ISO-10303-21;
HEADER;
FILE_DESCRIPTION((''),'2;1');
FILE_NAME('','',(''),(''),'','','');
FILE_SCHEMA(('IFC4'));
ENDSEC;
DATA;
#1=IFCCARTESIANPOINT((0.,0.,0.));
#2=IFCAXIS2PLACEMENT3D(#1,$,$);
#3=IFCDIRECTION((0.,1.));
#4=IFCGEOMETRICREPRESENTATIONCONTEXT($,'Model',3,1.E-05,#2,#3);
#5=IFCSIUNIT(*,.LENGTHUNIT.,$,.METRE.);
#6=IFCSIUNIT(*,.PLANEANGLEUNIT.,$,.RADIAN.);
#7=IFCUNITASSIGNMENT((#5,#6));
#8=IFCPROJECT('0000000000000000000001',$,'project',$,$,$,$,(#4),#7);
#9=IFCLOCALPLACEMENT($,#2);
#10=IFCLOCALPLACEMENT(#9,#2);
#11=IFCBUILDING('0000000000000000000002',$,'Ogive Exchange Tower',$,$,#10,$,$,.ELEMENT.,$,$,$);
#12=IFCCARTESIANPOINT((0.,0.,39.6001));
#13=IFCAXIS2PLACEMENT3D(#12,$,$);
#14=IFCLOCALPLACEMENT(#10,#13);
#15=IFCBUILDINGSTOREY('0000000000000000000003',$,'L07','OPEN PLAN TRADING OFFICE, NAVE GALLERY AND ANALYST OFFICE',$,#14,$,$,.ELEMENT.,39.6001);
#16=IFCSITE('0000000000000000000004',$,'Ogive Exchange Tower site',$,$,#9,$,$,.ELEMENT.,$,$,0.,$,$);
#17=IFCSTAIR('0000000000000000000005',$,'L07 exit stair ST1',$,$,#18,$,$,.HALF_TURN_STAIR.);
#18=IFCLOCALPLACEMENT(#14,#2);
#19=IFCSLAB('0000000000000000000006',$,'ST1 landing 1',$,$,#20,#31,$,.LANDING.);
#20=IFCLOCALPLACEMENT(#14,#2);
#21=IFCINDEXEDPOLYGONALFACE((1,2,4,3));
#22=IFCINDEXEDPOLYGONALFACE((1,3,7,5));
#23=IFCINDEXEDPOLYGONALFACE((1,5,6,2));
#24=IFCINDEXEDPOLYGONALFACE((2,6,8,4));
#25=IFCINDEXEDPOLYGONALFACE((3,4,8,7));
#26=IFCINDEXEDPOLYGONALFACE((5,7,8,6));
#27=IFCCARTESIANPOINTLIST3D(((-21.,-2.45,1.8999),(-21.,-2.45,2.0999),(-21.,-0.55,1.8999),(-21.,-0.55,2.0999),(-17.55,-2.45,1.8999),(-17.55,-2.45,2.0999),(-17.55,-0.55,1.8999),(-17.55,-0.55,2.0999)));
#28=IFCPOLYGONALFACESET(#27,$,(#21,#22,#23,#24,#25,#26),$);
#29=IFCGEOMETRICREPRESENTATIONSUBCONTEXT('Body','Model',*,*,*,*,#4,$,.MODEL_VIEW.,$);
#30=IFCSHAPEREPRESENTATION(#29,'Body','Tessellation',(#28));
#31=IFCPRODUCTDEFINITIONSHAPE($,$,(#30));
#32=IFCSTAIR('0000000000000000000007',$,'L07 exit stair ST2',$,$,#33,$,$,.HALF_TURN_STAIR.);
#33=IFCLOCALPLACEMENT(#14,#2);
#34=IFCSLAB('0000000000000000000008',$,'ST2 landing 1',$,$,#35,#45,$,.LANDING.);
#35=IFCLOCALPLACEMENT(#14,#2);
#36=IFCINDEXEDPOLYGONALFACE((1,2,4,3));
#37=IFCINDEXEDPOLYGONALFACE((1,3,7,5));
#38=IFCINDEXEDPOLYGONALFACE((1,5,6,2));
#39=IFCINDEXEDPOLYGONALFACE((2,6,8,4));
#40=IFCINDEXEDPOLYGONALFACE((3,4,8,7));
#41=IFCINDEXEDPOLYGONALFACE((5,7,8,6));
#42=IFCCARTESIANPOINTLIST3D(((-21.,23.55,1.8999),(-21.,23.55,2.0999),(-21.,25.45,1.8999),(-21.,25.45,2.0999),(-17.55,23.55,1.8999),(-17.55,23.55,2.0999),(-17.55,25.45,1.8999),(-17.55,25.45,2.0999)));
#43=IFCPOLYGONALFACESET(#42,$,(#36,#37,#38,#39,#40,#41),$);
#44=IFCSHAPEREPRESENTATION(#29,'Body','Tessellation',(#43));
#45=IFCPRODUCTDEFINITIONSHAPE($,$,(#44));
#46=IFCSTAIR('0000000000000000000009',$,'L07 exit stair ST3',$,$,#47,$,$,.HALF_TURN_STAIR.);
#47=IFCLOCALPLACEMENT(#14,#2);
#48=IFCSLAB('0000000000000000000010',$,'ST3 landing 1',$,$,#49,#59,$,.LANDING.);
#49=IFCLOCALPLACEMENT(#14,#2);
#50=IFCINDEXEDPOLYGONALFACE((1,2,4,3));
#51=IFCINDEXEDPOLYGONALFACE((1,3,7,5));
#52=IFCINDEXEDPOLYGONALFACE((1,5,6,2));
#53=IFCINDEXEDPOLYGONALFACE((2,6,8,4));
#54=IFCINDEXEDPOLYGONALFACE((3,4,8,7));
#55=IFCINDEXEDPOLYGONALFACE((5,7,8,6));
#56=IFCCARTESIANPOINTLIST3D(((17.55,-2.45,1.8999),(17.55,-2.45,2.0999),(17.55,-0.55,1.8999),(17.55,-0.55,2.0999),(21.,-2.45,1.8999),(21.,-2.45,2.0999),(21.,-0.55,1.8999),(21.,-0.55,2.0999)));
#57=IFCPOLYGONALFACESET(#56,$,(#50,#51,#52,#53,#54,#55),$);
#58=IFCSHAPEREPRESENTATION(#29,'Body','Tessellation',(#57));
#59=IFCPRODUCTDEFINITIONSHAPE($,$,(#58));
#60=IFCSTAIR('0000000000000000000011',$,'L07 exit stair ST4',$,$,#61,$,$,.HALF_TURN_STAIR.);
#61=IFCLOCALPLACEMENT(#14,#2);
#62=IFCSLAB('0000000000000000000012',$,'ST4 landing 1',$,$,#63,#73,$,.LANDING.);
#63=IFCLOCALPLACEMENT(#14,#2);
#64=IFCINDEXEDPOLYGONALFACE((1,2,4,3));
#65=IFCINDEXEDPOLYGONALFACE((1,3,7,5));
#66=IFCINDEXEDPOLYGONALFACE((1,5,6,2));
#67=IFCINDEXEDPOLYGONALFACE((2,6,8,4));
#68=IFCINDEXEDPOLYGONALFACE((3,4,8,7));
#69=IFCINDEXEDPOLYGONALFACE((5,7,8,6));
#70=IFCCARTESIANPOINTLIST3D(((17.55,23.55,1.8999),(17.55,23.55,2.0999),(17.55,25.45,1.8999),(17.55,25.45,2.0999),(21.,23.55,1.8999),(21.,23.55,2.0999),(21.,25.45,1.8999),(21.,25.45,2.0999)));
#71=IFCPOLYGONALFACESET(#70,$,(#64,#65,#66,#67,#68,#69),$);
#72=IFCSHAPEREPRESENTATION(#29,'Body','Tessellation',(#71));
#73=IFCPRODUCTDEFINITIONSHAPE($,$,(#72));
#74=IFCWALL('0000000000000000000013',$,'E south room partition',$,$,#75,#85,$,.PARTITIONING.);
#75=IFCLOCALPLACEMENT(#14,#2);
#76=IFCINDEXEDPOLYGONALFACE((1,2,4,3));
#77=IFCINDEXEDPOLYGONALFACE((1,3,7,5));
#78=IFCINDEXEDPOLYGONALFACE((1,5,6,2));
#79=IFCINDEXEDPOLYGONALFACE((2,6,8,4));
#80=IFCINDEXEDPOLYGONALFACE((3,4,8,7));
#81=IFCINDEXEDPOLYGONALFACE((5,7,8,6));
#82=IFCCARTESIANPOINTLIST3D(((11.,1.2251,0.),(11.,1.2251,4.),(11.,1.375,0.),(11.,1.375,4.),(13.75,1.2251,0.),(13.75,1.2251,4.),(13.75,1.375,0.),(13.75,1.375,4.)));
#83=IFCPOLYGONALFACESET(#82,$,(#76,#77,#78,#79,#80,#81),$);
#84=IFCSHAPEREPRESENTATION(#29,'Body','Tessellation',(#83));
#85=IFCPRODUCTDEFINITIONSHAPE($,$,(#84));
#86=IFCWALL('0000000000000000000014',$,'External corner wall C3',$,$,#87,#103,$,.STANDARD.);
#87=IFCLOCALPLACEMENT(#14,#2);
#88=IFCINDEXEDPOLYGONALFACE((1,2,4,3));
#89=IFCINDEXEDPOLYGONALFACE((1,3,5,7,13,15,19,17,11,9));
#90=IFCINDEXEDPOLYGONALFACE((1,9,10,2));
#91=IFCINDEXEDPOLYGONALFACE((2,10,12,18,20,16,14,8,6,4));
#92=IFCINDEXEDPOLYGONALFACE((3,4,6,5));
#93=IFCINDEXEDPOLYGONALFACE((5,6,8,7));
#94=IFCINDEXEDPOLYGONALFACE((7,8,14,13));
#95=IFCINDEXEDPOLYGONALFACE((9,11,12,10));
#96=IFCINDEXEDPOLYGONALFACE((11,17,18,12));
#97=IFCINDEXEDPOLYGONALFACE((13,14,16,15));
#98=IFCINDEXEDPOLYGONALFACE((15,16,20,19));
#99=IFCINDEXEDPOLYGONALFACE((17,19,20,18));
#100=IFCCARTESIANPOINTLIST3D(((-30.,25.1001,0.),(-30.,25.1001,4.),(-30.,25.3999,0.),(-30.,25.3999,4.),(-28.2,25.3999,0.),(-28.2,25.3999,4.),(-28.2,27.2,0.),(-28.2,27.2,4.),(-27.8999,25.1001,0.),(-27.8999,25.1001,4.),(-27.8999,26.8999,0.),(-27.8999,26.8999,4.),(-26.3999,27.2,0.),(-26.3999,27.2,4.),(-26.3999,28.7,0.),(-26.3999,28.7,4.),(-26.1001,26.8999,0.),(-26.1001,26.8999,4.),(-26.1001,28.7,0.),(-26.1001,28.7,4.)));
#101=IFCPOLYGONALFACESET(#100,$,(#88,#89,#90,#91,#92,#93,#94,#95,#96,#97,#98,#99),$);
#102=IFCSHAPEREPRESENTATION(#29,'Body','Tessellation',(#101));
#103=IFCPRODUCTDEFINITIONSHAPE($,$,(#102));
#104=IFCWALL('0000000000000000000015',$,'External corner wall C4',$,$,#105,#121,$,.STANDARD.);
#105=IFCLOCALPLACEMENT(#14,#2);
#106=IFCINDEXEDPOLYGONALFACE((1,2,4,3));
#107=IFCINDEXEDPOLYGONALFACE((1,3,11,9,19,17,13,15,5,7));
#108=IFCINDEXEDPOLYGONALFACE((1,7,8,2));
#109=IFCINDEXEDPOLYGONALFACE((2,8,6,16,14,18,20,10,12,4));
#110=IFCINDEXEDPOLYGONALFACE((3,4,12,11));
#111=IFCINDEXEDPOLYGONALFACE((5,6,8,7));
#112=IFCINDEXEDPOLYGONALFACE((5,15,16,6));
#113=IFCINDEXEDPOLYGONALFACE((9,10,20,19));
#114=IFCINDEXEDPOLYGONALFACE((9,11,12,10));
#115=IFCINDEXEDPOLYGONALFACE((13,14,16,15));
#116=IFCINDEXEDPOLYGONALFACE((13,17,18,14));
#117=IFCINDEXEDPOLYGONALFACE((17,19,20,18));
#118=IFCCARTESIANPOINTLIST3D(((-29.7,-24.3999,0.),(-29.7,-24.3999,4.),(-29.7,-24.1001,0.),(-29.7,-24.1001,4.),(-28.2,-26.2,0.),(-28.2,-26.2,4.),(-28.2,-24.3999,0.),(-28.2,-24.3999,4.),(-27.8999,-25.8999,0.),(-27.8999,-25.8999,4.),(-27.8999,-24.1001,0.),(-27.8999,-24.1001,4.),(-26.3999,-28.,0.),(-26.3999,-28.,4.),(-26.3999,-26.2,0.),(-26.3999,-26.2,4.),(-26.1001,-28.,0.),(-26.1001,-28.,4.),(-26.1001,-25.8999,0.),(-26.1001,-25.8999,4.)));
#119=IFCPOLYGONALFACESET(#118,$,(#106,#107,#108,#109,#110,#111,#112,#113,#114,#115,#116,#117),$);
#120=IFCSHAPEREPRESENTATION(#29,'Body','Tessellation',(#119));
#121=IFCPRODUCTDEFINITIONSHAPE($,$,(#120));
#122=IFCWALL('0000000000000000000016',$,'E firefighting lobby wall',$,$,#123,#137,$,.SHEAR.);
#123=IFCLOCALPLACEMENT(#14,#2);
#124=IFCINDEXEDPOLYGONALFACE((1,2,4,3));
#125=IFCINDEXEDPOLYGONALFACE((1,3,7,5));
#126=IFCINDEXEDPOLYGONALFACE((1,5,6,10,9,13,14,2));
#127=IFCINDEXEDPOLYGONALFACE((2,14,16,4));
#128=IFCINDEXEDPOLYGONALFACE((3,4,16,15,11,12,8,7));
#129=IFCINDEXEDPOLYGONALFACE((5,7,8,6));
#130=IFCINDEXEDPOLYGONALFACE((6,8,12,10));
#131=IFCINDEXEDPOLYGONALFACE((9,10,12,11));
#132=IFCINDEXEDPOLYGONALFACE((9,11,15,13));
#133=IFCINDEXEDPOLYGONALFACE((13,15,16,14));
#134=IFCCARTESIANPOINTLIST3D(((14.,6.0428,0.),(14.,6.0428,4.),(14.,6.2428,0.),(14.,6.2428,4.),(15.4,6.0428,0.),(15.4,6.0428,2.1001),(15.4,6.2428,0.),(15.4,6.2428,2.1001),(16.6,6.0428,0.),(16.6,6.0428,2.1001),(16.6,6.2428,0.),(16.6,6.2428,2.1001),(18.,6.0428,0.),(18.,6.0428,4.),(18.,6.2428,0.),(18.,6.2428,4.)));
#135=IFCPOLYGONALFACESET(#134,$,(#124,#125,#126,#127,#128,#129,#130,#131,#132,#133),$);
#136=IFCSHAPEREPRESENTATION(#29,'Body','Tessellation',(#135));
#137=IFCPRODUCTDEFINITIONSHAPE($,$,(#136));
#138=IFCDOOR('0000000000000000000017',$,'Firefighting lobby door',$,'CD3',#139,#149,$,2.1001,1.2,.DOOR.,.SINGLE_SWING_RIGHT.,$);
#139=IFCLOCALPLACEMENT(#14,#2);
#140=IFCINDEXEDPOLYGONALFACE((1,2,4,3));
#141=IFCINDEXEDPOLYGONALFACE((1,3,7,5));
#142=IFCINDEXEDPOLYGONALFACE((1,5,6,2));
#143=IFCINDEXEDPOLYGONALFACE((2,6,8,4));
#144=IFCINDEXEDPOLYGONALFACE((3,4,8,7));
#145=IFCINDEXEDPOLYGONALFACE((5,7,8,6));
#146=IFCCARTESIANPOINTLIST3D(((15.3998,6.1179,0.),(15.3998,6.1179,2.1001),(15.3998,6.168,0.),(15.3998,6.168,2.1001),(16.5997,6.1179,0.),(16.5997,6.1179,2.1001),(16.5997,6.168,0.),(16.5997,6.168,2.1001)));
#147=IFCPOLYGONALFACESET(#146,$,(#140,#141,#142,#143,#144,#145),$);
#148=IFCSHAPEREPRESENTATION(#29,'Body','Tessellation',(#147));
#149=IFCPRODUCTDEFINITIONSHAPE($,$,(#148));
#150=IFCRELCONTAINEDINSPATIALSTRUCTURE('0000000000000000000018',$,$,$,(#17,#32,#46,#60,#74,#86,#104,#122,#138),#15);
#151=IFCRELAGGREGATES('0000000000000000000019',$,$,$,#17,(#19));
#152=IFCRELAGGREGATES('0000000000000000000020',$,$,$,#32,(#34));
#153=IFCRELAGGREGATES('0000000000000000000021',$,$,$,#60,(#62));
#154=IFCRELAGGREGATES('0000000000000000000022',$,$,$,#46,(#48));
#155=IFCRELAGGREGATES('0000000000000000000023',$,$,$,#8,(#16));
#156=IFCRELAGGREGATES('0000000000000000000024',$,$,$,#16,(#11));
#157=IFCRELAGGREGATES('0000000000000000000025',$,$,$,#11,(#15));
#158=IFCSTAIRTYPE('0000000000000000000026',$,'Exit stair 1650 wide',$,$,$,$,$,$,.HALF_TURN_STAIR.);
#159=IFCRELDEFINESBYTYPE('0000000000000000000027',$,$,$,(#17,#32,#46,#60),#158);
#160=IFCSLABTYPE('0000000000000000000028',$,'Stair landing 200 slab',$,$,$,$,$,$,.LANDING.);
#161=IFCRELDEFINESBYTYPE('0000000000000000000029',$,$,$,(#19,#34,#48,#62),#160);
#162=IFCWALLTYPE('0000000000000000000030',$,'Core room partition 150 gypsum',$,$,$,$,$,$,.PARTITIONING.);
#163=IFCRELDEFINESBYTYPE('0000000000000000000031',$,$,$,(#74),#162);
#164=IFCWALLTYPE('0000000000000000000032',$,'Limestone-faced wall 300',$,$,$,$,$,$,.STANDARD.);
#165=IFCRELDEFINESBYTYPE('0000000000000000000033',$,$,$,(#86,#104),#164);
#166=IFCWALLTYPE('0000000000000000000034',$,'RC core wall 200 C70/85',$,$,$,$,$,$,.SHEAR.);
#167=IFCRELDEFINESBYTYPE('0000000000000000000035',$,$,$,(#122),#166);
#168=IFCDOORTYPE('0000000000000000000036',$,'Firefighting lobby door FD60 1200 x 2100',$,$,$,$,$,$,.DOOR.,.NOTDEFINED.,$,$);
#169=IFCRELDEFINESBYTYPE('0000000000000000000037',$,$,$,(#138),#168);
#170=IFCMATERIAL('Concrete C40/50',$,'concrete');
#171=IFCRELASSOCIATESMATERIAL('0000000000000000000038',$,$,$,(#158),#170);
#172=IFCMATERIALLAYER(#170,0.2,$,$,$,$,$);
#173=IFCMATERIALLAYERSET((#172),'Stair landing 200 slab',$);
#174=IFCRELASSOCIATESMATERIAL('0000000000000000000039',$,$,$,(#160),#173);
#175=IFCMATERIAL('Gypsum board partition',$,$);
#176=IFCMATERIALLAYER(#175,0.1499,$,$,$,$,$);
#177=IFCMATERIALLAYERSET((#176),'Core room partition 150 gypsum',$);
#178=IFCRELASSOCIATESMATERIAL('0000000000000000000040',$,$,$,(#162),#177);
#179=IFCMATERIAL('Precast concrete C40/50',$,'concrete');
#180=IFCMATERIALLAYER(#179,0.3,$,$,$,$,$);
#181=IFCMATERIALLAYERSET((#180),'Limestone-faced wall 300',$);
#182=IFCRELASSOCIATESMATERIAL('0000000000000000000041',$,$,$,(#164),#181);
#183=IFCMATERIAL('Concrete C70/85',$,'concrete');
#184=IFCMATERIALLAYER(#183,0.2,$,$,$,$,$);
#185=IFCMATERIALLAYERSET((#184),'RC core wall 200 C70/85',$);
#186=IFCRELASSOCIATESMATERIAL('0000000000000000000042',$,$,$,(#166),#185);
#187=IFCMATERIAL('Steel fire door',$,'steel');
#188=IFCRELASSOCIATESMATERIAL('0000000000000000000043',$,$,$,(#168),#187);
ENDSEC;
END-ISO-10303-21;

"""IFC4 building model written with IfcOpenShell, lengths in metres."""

from ifc_helpers import new_model, si_unit, direction, frame, frame_2d, origin, place, context, subcontext, project, spatial, polyline, rectangle, outline, extrude, material, layer, layer_set, type_object, element, fill, aggregate, save


model = new_model("IFC4")

# Units and contexts
model_context = context("Model", 3, precision=1e-05, world=origin(), true_north=direction((0.0, 1.0)))
body_context = subcontext(model_context, "Body", "Model", "MODEL_VIEW")
ifc_project = project(units=[si_unit("LENGTHUNIT", "METRE"), si_unit("PLANEANGLEUNIT", "RADIAN")], contexts=[model_context])

# Site, building, storey
site_placement = place(None, origin())
site = spatial("IfcSite", under=ifc_project, at=site_placement, Name="Ogive Exchange Tower site", CompositionType="ELEMENT", RefElevation=0.0)
building_placement = place(site_placement, origin())
building = spatial("IfcBuilding", under=site, at=building_placement, Name="Ogive Exchange Tower", CompositionType="ELEMENT")
storey_placement = place(building_placement, frame((0.0, 0.0, 39.6001)))
storey = spatial("IfcBuildingStorey", under=building, at=storey_placement, Name="L07", Description="OPEN PLAN TRADING OFFICE, NAVE GALLERY AND ANALYST OFFICE", CompositionType="ELEMENT", Elevation=39.6001)

# Shared definitions
ifc_material_1 = material(Name="Concrete C70/85", Category="concrete")

# Stairs, slabs
ifc_material_2 = material(Name="Concrete C40/50", Category="concrete")
stair_type = type_object("IfcStairType", Name="Exit stair 1650 wide", PredefinedType="HALF_TURN_STAIR", material=ifc_material_2)
stair_1_placement = place(storey_placement, origin())
stair_1 = element("IfcStair", 1, at=stair_1_placement, inside=storey, type_object=stair_type, Name="L07 exit stair ST1", PredefinedType="HALF_TURN_STAIR")
ifc_layer_1 = layer(ifc_material_2, 0.2)
ifc_layer_set_1 = layer_set([ifc_layer_1], Name="Stair landing 200 slab")
slab_type_1 = type_object("IfcSlabType", Name="Stair landing 200 slab", PredefinedType="LANDING", material=ifc_layer_set_1)
slab_1_placement = place(storey_placement, frame((0.0, 0.0, 1.8999)))
slab_1 = element("IfcSlab", 2, at=slab_1_placement, type_object=slab_type_1, Name="ST1 landing 1", PredefinedType="LANDING", context=body_context, shape_type="SweptSolid", body=[
    extrude(outline(polyline([(-21.0, -0.55), (-21.0, -2.45), (-17.55, -2.45), (-17.55, -0.55), (-21.0, -0.55)])), origin(), (0.0, 0.0, 1.0), 0.2),
])
aggregate(stair_1, [slab_1])
stair_2_placement = place(storey_placement, origin())
stair_2 = element("IfcStair", 3, at=stair_2_placement, inside=storey, type_object=stair_type, Name="L07 exit stair ST2", PredefinedType="HALF_TURN_STAIR")
slab_2_placement = place(storey_placement, frame((0.0, 0.0, 1.8999)))
slab_2 = element("IfcSlab", 4, at=slab_2_placement, type_object=slab_type_1, Name="ST2 landing 1", PredefinedType="LANDING", context=body_context, shape_type="SweptSolid", body=[
    extrude(outline(polyline([(-17.55, 23.55), (-17.55, 25.45), (-21.0, 25.45), (-21.0, 23.55), (-17.55, 23.55)])), origin(), (0.0, 0.0, 1.0), 0.2),
])
aggregate(stair_2, [slab_2])
stair_3_placement = place(storey_placement, origin())
stair_3 = element("IfcStair", 5, at=stair_3_placement, inside=storey, type_object=stair_type, Name="L07 exit stair ST3", PredefinedType="HALF_TURN_STAIR")
slab_3_placement = place(storey_placement, frame((0.0, 0.0, 1.8999)))
slab_3 = element("IfcSlab", 6, at=slab_3_placement, type_object=slab_type_1, Name="ST3 landing 1", PredefinedType="LANDING", context=body_context, shape_type="SweptSolid", body=[
    extrude(outline(polyline([(17.55, -0.55), (17.55, -2.45), (21.0, -2.45), (21.0, -0.55), (17.55, -0.55)])), origin(), (0.0, 0.0, 1.0), 0.2),
])
stair_4_placement = place(storey_placement, origin())
stair_4 = element("IfcStair", 7, at=stair_4_placement, inside=storey, type_object=stair_type, Name="L07 exit stair ST4", PredefinedType="HALF_TURN_STAIR")
slab_4_placement = place(storey_placement, frame((0.0, 0.0, 1.8999)))
slab_4 = element("IfcSlab", 8, at=slab_4_placement, type_object=slab_type_1, Name="ST4 landing 1", PredefinedType="LANDING", context=body_context, shape_type="SweptSolid", body=[
    extrude(outline(polyline([(21.0, 23.55), (21.0, 25.45), (17.55, 25.45), (17.55, 23.55), (21.0, 23.55)])), origin(), (0.0, 0.0, 1.0), 0.2),
])
aggregate(stair_4, [slab_4])

# Walls
ifc_material_3 = material(Name="Gypsum board partition")
ifc_layer_2 = layer(ifc_material_3, 0.1499)
ifc_layer_set_2 = layer_set([ifc_layer_2], Name="Core room partition 150 gypsum")
wall_type_1 = type_object("IfcWallType", Name="Core room partition 150 gypsum", PredefinedType="PARTITIONING", material=ifc_layer_set_2)
wall_1_placement = place(storey_placement, frame((11.0, 1.3, 0.0), z_axis=(0.0, 0.0, 1.0), x_axis=(1.0, 0.0, 0.0)))
element("IfcWall", 9, at=wall_1_placement, inside=storey, type_object=wall_type_1, Name="E south room partition", PredefinedType="PARTITIONING", context=body_context, shape_type="SweptSolid", body=[
    extrude(rectangle(XDim=2.75, YDim=0.1499, at=frame_2d((1.375, 0.0))), origin(), (0.0, 0.0, 1.0), 4.0),
])
ifc_material_4 = material(Name="Precast concrete C40/50", Category="concrete")
ifc_layer_3 = layer(ifc_material_4, 0.3)
ifc_layer_set_3 = layer_set([ifc_layer_3], Name="Limestone-faced wall 300")
wall_type_2 = type_object("IfcWallType", Name="Limestone-faced wall 300", PredefinedType="STANDARD", material=ifc_layer_set_3)
wall_2_placement = place(storey_placement, origin())
element("IfcWall", 10, at=wall_2_placement, inside=storey, type_object=wall_type_2, Name="External corner wall C3", PredefinedType="STANDARD", context=body_context, shape_type="SweptSolid", body=[
    extrude(outline(polyline([(-28.2, 25.3999), (-28.2, 27.2), (-26.3999, 27.2), (-26.3999, 28.7), (-26.1001, 28.7), (-26.1001, 26.8999), (-27.8999, 26.8999), (-27.8999, 25.1001), (-30.0, 25.1001), (-30.0, 25.3999), (-28.2, 25.3999)])), origin(), (0.0, 0.0, 1.0), 4.0),
])
wall_3_placement = place(storey_placement, origin())
element("IfcWall", 11, at=wall_3_placement, inside=storey, type_object=wall_type_2, Name="External corner wall C4", PredefinedType="STANDARD", context=body_context, shape_type="SweptSolid", body=[
    extrude(outline(polyline([(-26.3999, -26.2), (-28.2, -26.2), (-28.2, -24.3999), (-29.7, -24.3999), (-29.7, -24.1001), (-27.8999, -24.1001), (-27.8999, -25.8999), (-26.1001, -25.8999), (-26.1001, -28.0), (-26.3999, -28.0), (-26.3999, -26.2)])), origin(), (0.0, 0.0, 1.0), 4.0),
])

# Wall, opening, door
ifc_layer_4 = layer(ifc_material_1, 0.2)
ifc_layer_set_4 = layer_set([ifc_layer_4], Name="RC core wall 200 C70/85")
wall_type_3 = type_object("IfcWallType", Name="RC core wall 200 C70/85", PredefinedType="SHEAR", material=ifc_layer_set_4)
wall_4_placement = place(storey_placement, frame((14.0, 6.1428, 0.0), z_axis=(0.0, 0.0, 1.0), x_axis=(1.0, 0.0, 0.0)))
wall_4 = element("IfcWall", 12, at=wall_4_placement, inside=storey, type_object=wall_type_3, Name="E firefighting lobby wall", PredefinedType="SHEAR", context=body_context, shape_type="SweptSolid", body=[
    extrude(rectangle(XDim=4.0, YDim=0.2, at=frame_2d((2.0, 0.0))), origin(), (0.0, 0.0, 1.0), 4.0),
])
opening_1_placement = place(wall_4_placement, frame((1.3999, 0.0, 0.0)))
opening_1 = element("IfcOpeningElement", 13, at=opening_1_placement, cuts=wall_4, PredefinedType="OPENING", context=body_context, shape_type="SweptSolid", body=[
    extrude(rectangle(XDim=1.2, YDim=2.1001, at=frame_2d((0.6001, 1.05))), frame((0.0, 0.1099, 0.0), z_axis=(0.0, -1.0, 0.0), x_axis=(1.0, 0.0, 0.0)), (0.0, 0.0, 1.0), 0.22),
])
ifc_material_5 = material(Name="Steel fire door", Category="steel")
door_type_1 = type_object("IfcDoorType", Name="Firefighting lobby door FD60 1200 x 2100", OperationType="NOTDEFINED", PredefinedType="DOOR", material=ifc_material_5)
door_1_placement = place(opening_1_placement, frame((1.2, 0.0, 0.0), z_axis=(0.0, 0.0, 1.0), x_axis=(-1.0, 0.0, 0.0)))
door_1 = element("IfcDoor", 14, at=door_1_placement, inside=storey, type_object=door_type_1, Name="Firefighting lobby door", ObjectType="CD3", OperationType="SINGLE_SWING_RIGHT", OverallHeight=2.1001, OverallWidth=1.2, PredefinedType="DOOR", context=body_context, shape_type="SweptSolid", body=[
    extrude(rectangle(XDim=1.2, YDim=2.1001, at=frame_2d((0.6001, 1.05))), frame((0.0, 0.0249, 0.0), z_axis=(0.0, -1.0, 0.0), x_axis=(1.0, 0.0, 0.0)), (0.0, 0.0, 1.0), 0.05),
])
fill(opening_1, door_1)

aggregate(stair_3, [slab_3])

save(model, "model.ifc")
